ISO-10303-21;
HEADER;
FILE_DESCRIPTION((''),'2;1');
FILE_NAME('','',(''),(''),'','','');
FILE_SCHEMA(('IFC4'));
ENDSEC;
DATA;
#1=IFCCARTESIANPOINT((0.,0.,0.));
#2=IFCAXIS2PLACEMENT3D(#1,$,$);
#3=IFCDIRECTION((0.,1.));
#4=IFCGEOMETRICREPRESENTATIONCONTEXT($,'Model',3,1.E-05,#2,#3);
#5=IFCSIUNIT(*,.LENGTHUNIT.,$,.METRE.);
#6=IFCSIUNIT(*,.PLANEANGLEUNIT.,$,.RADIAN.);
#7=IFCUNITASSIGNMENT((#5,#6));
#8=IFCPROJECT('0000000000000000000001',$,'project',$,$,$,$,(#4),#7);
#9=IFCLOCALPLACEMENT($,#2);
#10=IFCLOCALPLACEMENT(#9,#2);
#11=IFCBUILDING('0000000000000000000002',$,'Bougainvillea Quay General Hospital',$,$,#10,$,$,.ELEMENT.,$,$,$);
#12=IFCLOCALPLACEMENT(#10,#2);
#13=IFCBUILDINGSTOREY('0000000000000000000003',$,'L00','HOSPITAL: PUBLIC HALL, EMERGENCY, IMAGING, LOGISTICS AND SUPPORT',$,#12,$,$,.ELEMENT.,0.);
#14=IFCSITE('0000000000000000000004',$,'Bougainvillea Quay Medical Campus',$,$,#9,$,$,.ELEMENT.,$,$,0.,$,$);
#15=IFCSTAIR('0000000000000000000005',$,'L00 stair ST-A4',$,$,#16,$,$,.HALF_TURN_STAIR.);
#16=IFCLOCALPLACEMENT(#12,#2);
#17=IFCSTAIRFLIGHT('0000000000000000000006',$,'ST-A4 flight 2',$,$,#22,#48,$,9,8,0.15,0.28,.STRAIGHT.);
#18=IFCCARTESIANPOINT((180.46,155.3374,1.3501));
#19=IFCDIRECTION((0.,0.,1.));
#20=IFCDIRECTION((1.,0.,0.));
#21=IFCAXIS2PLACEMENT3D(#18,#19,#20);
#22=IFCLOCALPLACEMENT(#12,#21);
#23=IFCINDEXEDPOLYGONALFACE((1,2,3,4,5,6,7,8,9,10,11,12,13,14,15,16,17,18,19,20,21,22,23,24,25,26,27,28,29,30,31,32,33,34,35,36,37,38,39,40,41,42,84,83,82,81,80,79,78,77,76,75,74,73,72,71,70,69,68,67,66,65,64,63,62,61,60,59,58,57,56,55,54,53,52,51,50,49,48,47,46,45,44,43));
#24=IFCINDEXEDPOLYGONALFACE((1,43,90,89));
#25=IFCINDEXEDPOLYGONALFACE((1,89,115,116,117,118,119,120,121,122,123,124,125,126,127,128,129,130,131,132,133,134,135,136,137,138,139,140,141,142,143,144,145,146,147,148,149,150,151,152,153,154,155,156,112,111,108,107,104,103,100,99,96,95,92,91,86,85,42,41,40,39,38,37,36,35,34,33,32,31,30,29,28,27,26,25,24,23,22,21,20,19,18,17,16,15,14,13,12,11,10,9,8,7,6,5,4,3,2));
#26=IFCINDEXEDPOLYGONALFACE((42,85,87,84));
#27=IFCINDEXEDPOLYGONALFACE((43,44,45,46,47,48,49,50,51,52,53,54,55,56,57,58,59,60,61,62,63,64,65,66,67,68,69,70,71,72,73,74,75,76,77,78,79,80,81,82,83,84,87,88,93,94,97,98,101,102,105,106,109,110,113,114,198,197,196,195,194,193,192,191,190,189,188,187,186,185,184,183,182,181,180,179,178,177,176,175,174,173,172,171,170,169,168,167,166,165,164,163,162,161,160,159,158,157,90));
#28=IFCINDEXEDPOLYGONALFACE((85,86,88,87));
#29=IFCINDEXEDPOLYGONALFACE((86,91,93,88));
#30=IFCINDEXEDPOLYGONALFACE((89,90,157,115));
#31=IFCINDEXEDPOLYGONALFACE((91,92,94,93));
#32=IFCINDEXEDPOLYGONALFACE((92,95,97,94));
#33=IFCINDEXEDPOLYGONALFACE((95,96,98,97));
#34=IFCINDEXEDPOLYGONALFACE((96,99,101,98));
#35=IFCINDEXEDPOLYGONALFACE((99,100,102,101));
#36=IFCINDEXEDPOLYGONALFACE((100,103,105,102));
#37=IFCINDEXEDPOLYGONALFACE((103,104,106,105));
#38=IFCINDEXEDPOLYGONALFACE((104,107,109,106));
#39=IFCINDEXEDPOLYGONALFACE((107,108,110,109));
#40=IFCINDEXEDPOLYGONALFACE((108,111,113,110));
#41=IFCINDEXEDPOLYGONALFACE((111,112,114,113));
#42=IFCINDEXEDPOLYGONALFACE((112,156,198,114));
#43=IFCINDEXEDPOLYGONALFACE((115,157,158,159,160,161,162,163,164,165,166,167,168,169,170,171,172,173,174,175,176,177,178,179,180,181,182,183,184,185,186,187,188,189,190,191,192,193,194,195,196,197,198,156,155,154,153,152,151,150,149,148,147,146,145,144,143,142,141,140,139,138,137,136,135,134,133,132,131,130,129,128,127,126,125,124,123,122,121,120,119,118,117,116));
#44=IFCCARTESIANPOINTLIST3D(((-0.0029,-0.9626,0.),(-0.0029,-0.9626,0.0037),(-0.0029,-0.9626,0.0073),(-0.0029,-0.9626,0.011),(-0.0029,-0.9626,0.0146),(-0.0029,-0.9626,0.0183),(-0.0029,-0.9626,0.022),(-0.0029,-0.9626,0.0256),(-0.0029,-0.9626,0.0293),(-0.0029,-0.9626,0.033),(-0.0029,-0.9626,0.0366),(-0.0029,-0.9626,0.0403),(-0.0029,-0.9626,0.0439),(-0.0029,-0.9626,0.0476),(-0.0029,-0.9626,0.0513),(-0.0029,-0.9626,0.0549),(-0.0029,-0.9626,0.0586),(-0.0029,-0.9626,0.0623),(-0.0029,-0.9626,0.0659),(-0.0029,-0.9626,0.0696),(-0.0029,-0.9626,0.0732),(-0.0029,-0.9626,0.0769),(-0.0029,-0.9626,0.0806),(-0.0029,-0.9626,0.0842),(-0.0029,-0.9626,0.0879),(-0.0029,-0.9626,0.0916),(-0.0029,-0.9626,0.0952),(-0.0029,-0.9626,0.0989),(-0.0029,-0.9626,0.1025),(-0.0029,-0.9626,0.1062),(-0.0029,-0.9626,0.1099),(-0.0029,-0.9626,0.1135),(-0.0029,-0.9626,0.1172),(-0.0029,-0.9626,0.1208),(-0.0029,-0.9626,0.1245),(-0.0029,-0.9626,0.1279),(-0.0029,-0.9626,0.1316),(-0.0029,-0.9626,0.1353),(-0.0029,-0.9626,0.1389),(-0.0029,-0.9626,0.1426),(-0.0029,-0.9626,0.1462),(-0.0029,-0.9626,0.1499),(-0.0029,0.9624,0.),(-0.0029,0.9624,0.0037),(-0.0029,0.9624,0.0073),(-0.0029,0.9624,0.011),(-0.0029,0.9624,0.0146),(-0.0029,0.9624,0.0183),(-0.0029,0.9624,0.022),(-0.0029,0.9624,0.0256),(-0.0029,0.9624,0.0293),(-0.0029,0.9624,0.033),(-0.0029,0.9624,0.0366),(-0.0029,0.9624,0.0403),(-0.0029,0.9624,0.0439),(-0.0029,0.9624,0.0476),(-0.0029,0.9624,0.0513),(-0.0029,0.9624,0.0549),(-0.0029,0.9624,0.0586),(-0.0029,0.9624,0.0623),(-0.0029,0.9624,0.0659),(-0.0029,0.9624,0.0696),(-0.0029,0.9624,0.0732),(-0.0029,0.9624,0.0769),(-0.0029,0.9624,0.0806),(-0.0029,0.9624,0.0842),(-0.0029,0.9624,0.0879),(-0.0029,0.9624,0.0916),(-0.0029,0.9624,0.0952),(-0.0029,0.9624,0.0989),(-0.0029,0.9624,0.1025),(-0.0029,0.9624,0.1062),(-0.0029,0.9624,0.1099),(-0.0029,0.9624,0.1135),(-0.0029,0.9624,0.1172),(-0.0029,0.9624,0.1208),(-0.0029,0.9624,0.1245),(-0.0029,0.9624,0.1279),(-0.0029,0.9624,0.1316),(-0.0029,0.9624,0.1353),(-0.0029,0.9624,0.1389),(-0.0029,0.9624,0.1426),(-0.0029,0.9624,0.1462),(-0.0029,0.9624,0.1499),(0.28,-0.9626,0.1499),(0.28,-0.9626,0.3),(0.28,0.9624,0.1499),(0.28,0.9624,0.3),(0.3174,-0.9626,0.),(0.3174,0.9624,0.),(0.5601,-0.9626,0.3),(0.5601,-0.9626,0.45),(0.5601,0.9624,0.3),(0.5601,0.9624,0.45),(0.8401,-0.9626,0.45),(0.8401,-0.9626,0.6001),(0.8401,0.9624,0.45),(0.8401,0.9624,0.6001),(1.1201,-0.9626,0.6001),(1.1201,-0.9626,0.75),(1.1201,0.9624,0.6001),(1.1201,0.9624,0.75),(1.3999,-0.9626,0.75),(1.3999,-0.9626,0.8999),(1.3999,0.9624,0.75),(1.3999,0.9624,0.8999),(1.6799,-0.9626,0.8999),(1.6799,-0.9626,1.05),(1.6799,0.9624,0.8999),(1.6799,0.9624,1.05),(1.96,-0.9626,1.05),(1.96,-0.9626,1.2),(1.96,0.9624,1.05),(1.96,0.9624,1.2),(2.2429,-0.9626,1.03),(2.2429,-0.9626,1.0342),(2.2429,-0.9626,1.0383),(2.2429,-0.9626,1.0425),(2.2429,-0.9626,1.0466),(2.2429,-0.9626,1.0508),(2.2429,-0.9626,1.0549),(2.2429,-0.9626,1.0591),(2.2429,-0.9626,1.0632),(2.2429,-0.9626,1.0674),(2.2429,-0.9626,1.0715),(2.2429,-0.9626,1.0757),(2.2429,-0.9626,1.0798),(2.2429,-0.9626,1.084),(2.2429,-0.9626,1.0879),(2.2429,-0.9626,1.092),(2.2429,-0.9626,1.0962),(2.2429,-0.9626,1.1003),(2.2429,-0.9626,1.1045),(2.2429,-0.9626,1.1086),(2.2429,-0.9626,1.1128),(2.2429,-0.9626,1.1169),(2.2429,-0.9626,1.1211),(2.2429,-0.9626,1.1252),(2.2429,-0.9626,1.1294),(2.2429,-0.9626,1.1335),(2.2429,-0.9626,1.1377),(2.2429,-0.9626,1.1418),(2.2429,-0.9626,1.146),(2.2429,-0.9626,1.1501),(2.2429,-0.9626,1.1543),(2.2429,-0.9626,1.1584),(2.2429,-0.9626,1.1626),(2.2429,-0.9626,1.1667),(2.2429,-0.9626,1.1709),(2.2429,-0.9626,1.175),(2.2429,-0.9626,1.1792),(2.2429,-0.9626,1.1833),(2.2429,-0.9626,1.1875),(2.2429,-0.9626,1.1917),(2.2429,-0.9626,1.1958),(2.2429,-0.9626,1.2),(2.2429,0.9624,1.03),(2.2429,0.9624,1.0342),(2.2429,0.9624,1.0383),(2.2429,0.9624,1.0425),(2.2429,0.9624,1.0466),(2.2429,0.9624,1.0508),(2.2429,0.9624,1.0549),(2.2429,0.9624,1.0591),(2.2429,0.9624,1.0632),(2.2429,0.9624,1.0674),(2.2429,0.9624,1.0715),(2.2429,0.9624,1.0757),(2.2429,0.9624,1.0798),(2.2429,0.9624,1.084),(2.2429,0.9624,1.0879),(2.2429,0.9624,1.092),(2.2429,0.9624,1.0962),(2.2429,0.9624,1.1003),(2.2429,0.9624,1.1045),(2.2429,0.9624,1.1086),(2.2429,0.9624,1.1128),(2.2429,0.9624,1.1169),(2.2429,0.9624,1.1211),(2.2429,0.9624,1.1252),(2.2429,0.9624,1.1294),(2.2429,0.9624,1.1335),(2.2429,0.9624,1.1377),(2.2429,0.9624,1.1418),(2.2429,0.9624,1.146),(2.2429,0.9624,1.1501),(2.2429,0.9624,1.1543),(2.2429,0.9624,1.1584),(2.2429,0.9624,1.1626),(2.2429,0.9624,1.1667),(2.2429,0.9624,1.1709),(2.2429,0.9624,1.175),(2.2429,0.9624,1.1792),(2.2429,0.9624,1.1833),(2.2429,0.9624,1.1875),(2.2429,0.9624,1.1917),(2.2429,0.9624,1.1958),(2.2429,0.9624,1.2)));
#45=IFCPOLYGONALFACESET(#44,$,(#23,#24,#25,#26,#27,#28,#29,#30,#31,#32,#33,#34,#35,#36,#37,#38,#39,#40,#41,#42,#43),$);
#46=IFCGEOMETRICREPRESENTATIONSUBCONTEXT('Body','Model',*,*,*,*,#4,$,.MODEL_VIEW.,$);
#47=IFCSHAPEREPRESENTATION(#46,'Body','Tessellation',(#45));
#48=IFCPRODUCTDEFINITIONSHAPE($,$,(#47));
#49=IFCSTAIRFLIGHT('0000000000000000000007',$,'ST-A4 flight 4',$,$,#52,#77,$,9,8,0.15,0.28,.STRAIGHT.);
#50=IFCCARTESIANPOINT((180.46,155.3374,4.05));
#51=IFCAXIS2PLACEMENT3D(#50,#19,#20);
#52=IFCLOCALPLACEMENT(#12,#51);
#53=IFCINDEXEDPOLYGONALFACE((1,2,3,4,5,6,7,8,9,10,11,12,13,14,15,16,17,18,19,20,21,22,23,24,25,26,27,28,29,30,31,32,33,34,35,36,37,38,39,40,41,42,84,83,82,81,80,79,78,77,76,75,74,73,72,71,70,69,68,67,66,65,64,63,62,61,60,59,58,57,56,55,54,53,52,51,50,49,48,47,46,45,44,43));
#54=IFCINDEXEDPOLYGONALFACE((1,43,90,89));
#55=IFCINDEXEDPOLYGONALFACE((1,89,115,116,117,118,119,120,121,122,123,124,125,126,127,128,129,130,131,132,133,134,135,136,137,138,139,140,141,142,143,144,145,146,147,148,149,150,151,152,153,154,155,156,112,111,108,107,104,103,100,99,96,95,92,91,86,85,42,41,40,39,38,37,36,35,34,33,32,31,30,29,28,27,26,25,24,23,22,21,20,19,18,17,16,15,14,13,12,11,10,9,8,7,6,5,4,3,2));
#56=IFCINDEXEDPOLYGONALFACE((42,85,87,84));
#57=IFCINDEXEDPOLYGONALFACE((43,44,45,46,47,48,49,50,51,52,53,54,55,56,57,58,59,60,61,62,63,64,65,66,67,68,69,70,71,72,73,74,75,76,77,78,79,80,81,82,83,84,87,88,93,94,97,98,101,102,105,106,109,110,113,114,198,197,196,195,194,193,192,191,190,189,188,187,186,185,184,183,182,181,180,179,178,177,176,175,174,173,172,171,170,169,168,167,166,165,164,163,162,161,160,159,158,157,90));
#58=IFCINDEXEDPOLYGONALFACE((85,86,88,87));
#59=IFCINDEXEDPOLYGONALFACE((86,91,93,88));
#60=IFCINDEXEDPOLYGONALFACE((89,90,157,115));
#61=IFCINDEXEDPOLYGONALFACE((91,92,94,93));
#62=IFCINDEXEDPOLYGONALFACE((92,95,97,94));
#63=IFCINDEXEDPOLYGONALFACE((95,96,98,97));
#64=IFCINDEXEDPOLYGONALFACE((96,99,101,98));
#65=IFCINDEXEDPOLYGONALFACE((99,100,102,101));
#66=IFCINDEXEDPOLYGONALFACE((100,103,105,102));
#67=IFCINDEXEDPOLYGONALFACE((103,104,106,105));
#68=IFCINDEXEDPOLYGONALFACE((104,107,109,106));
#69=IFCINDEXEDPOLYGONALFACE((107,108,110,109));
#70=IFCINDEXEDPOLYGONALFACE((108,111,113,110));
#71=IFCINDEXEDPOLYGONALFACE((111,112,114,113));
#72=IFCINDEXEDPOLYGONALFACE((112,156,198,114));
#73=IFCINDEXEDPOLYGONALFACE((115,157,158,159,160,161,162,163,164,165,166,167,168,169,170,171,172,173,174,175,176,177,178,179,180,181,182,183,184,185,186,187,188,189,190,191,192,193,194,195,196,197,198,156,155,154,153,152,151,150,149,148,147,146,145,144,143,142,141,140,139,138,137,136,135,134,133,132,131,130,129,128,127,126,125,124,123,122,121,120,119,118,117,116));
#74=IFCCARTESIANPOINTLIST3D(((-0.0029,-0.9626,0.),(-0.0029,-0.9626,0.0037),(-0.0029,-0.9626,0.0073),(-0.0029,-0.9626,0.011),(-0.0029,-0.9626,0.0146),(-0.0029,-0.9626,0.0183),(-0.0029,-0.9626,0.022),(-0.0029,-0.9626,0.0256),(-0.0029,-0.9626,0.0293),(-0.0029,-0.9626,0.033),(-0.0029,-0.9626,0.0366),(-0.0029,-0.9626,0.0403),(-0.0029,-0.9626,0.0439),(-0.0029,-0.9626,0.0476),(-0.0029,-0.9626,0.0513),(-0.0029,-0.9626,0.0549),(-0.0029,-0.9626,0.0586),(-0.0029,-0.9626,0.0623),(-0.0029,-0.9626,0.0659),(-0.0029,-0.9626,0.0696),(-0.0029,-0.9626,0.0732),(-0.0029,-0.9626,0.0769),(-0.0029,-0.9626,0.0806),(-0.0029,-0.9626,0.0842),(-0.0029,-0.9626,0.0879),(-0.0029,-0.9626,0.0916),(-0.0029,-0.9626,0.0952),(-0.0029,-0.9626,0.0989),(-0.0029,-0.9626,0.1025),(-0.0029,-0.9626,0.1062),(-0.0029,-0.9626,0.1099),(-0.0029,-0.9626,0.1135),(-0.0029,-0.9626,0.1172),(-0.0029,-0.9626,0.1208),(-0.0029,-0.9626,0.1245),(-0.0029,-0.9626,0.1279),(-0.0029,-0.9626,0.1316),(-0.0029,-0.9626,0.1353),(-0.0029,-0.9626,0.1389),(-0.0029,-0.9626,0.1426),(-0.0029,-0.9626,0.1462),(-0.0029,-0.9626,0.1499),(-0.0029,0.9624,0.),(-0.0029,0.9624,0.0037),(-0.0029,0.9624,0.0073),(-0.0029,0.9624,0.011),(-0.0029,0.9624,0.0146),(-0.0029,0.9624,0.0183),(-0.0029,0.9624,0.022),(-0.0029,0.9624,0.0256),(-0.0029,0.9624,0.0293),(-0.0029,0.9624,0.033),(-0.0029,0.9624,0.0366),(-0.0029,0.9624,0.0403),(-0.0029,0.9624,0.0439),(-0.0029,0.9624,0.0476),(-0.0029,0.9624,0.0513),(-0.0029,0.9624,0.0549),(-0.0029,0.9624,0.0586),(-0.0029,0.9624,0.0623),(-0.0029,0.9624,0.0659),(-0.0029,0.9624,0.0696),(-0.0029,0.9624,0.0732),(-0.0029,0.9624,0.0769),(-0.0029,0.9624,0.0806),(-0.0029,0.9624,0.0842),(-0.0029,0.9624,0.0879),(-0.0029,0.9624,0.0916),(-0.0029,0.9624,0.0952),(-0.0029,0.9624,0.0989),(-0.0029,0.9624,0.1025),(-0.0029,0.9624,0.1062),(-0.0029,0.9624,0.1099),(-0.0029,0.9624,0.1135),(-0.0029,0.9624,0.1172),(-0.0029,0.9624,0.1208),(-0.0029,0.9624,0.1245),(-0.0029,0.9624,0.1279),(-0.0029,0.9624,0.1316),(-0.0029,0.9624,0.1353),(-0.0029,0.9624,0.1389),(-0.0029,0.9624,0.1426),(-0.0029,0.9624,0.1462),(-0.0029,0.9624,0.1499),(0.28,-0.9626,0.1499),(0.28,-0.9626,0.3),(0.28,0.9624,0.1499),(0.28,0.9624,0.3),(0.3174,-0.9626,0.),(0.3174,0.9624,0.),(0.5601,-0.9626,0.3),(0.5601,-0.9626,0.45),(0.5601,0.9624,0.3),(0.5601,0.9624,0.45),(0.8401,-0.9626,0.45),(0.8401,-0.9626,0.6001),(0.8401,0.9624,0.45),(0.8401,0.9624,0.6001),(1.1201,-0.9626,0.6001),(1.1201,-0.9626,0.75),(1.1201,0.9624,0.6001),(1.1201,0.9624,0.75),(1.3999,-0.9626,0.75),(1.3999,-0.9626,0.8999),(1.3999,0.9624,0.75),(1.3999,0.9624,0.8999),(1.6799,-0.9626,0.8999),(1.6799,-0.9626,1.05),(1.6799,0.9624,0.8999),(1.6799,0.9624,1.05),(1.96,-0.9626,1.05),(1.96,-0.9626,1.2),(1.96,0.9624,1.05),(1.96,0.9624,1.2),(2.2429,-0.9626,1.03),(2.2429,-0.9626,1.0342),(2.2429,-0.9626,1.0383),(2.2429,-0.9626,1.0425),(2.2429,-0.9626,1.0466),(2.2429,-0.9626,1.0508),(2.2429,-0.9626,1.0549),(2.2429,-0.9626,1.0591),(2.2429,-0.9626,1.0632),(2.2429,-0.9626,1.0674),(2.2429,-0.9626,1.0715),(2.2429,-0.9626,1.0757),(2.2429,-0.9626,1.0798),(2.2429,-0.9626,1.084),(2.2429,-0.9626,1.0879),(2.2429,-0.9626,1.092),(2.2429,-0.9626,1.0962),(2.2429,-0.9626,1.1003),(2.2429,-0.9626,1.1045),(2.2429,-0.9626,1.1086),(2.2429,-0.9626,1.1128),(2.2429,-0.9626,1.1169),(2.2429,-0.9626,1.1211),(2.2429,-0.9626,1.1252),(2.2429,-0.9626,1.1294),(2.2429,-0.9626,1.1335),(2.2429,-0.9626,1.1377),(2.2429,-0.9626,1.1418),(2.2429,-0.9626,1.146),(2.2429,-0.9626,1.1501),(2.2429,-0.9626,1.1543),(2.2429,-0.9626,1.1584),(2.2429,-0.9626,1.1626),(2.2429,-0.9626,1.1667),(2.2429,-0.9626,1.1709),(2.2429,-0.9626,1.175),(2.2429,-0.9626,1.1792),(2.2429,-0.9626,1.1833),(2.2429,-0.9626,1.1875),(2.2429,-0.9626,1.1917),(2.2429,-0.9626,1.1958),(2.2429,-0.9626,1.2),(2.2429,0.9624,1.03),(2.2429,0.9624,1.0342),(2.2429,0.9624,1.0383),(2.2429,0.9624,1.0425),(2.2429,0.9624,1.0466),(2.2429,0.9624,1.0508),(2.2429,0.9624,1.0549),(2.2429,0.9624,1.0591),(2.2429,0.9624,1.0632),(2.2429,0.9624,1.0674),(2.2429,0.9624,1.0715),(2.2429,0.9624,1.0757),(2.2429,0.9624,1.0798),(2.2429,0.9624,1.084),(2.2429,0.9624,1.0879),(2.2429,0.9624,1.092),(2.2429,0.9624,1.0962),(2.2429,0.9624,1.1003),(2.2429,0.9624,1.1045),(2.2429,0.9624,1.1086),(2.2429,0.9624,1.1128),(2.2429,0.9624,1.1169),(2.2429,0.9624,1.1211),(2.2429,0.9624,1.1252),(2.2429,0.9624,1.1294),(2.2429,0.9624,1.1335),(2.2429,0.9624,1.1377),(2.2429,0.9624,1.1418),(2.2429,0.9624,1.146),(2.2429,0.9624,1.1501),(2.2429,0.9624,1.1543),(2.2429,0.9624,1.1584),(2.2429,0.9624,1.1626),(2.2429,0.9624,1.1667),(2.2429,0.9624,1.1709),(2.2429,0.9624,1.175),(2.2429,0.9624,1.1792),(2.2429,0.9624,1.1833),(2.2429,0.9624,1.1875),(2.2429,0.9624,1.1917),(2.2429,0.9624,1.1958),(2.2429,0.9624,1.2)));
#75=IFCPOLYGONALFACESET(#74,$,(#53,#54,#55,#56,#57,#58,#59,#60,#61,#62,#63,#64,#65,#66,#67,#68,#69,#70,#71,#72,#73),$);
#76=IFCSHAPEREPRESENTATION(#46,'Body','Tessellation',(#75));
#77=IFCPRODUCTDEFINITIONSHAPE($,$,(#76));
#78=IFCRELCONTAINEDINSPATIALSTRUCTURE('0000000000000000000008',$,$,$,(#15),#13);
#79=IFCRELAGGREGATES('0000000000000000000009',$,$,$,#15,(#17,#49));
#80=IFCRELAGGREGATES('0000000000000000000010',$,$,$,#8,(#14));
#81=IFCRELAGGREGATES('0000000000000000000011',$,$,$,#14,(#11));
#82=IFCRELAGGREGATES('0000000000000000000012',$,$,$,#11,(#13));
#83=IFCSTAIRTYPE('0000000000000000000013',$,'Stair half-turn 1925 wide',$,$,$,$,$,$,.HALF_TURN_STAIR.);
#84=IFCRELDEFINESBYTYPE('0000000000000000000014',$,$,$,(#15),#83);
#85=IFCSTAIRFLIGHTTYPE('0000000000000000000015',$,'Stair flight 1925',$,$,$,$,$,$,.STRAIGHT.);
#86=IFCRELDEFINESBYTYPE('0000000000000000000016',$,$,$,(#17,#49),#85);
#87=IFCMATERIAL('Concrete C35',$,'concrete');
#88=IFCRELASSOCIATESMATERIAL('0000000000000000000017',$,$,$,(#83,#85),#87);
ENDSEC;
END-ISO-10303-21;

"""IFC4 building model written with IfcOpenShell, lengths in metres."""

from ifc_helpers import new_model, si_unit, direction, frame, origin, place, context, subcontext, project, spatial, polyline, outline, extrude, material, type_object, element, aggregate, save


model = new_model("IFC4")

# Units and contexts
model_context = context("Model", 3, precision=1e-05, world=origin(), true_north=direction((0.0, 1.0)))
body_context = subcontext(model_context, "Body", "Model", "MODEL_VIEW")
ifc_project = project(units=[si_unit("LENGTHUNIT", "METRE"), si_unit("PLANEANGLEUNIT", "RADIAN")], contexts=[model_context])

# Site, building, storey
site_placement = place(None, origin())
site = spatial("IfcSite", under=ifc_project, at=site_placement, Name="Bougainvillea Quay Medical Campus", CompositionType="ELEMENT", RefElevation=0.0)
building_placement = place(site_placement, origin())
building = spatial("IfcBuilding", under=site, at=building_placement, Name="Bougainvillea Quay General Hospital", CompositionType="ELEMENT")
storey_placement = place(building_placement, origin())
storey = spatial("IfcBuildingStorey", under=building, at=storey_placement, Name="L00", Description="HOSPITAL: PUBLIC HALL, EMERGENCY, IMAGING, LOGISTICS AND SUPPORT", CompositionType="ELEMENT", Elevation=0.0)

# Stair, stair flights
ifc_material_1 = material(Name="Concrete C35", Category="concrete")
stair_type = type_object("IfcStairType", Name="Stair half-turn 1925 wide", PredefinedType="HALF_TURN_STAIR", material=ifc_material_1)
stair_placement = place(storey_placement, origin())
stair = element("IfcStair", 1, at=stair_placement, inside=storey, type_object=stair_type, Name="L00 stair ST-A4", PredefinedType="HALF_TURN_STAIR")
stair_flight_type = type_object("IfcStairFlightType", Name="Stair flight 1925", PredefinedType="STRAIGHT", material=ifc_material_1)
stair_flight_1_placement = place(storey_placement, frame((180.46, 155.3374, 1.3501), z_axis=(0.0, 0.0, 1.0), x_axis=(1.0, 0.0, 0.0)))
stair_flight_1 = element("IfcStairFlight", 2, at=stair_flight_1_placement, type_object=stair_flight_type, Name="ST-A4 flight 2", NumberOfRisers=9, NumberOfTreads=8, PredefinedType="STRAIGHT", RiserHeight=0.15, TreadLength=0.28, context=body_context, shape_type="SweptSolid", body=[
    extrude(outline(polyline([(-0.0029, 0.0), (-0.0029, 0.0037), (-0.0029, 0.0073), (-0.0029, 0.011), (-0.0029, 0.0146), (-0.0029, 0.0183), (-0.0029, 0.022), (-0.0029, 0.0256), (-0.0029, 0.0293), (-0.0029, 0.033), (-0.0029, 0.0366), (-0.0029, 0.0403), (-0.0029, 0.0439), (-0.0029, 0.0476), (-0.0029, 0.0513), (-0.0029, 0.0549), (-0.0029, 0.0586), (-0.0029, 0.0623), (-0.0029, 0.0659), (-0.0029, 0.0696), (-0.0029, 0.0732), (-0.0029, 0.0769), (-0.0029, 0.0806), (-0.0029, 0.0842), (-0.0029, 0.0879), (-0.0029, 0.0916), (-0.0029, 0.0952), (-0.0029, 0.0989), (-0.0029, 0.1025), (-0.0029, 0.1062), (-0.0029, 0.1099), (-0.0029, 0.1135), (-0.0029, 0.1172), (-0.0029, 0.1208), (-0.0029, 0.1245), (-0.0029, 0.1279), (-0.0029, 0.1316), (-0.0029, 0.1353), (-0.0029, 0.1389), (-0.0029, 0.1426), (-0.0029, 0.1462), (-0.0029, 0.1499), (0.28, 0.1499), (0.28, 0.3), (0.5601, 0.3), (0.5601, 0.45), (0.8401, 0.45), (0.8401, 0.6001), (1.1201, 0.6001), (1.1201, 0.75), (1.3999, 0.75), (1.3999, 0.8999), (1.6799, 0.8999), (1.6799, 1.05), (1.96, 1.05), (1.96, 1.2), (2.2429, 1.2), (2.2429, 1.1958), (2.2429, 1.1917), (2.2429, 1.1875), (2.2429, 1.1833), (2.2429, 1.1792), (2.2429, 1.175), (2.2429, 1.1709), (2.2429, 1.1667), (2.2429, 1.1626), (2.2429, 1.1584), (2.2429, 1.1543), (2.2429, 1.1501), (2.2429, 1.146), (2.2429, 1.1418), (2.2429, 1.1377), (2.2429, 1.1335), (2.2429, 1.1294), (2.2429, 1.1252), (2.2429, 1.1211), (2.2429, 1.1169), (2.2429, 1.1128), (2.2429, 1.1086), (2.2429, 1.1045), (2.2429, 1.1003), (2.2429, 1.0962), (2.2429, 1.092), (2.2429, 1.0879), (2.2429, 1.084), (2.2429, 1.0798), (2.2429, 1.0757), (2.2429, 1.0715), (2.2429, 1.0674), (2.2429, 1.0632), (2.2429, 1.0591), (2.2429, 1.0549), (2.2429, 1.0508), (2.2429, 1.0466), (2.2429, 1.0425), (2.2429, 1.0383), (2.2429, 1.0342), (2.2429, 1.03), (0.3174, 0.0), (-0.0029, 0.0)])), frame((0.0, 0.9624, 0.0), z_axis=(0.0, -1.0, 0.0), x_axis=(1.0, 0.0, 0.0)), (0.0, 0.0, 1.0), 1.925),
])
stair_flight_2_placement = place(storey_placement, frame((180.46, 155.3374, 4.05), z_axis=(0.0, 0.0, 1.0), x_axis=(1.0, 0.0, 0.0)))
stair_flight_2 = element("IfcStairFlight", 3, at=stair_flight_2_placement, type_object=stair_flight_type, Name="ST-A4 flight 4", NumberOfRisers=9, NumberOfTreads=8, PredefinedType="STRAIGHT", RiserHeight=0.15, TreadLength=0.28, context=body_context, shape_type="SweptSolid", body=[
    extrude(outline(polyline([(-0.0029, 0.0), (-0.0029, 0.0037), (-0.0029, 0.0073), (-0.0029, 0.011), (-0.0029, 0.0146), (-0.0029, 0.0183), (-0.0029, 0.022), (-0.0029, 0.0256), (-0.0029, 0.0293), (-0.0029, 0.033), (-0.0029, 0.0366), (-0.0029, 0.0403), (-0.0029, 0.0439), (-0.0029, 0.0476), (-0.0029, 0.0513), (-0.0029, 0.0549), (-0.0029, 0.0586), (-0.0029, 0.0623), (-0.0029, 0.0659), (-0.0029, 0.0696), (-0.0029, 0.0732), (-0.0029, 0.0769), (-0.0029, 0.0806), (-0.0029, 0.0842), (-0.0029, 0.0879), (-0.0029, 0.0916), (-0.0029, 0.0952), (-0.0029, 0.0989), (-0.0029, 0.1025), (-0.0029, 0.1062), (-0.0029, 0.1099), (-0.0029, 0.1135), (-0.0029, 0.1172), (-0.0029, 0.1208), (-0.0029, 0.1245), (-0.0029, 0.1279), (-0.0029, 0.1316), (-0.0029, 0.1353), (-0.0029, 0.1389), (-0.0029, 0.1426), (-0.0029, 0.1462), (-0.0029, 0.1499), (0.28, 0.1499), (0.28, 0.3), (0.5601, 0.3), (0.5601, 0.45), (0.8401, 0.45), (0.8401, 0.6001), (1.1201, 0.6001), (1.1201, 0.75), (1.3999, 0.75), (1.3999, 0.8999), (1.6799, 0.8999), (1.6799, 1.05), (1.96, 1.05), (1.96, 1.2), (2.2429, 1.2), (2.2429, 1.1958), (2.2429, 1.1917), (2.2429, 1.1875), (2.2429, 1.1833), (2.2429, 1.1792), (2.2429, 1.175), (2.2429, 1.1709), (2.2429, 1.1667), (2.2429, 1.1626), (2.2429, 1.1584), (2.2429, 1.1543), (2.2429, 1.1501), (2.2429, 1.146), (2.2429, 1.1418), (2.2429, 1.1377), (2.2429, 1.1335), (2.2429, 1.1294), (2.2429, 1.1252), (2.2429, 1.1211), (2.2429, 1.1169), (2.2429, 1.1128), (2.2429, 1.1086), (2.2429, 1.1045), (2.2429, 1.1003), (2.2429, 1.0962), (2.2429, 1.092), (2.2429, 1.0879), (2.2429, 1.084), (2.2429, 1.0798), (2.2429, 1.0757), (2.2429, 1.0715), (2.2429, 1.0674), (2.2429, 1.0632), (2.2429, 1.0591), (2.2429, 1.0549), (2.2429, 1.0508), (2.2429, 1.0466), (2.2429, 1.0425), (2.2429, 1.0383), (2.2429, 1.0342), (2.2429, 1.03), (0.3174, 0.0), (-0.0029, 0.0)])), frame((0.0, 0.9624, 0.0), z_axis=(0.0, -1.0, 0.0), x_axis=(1.0, 0.0, 0.0)), (0.0, 0.0, 1.0), 1.925),
])
aggregate(stair, [stair_flight_1, stair_flight_2])

save(model, "model.ifc")
